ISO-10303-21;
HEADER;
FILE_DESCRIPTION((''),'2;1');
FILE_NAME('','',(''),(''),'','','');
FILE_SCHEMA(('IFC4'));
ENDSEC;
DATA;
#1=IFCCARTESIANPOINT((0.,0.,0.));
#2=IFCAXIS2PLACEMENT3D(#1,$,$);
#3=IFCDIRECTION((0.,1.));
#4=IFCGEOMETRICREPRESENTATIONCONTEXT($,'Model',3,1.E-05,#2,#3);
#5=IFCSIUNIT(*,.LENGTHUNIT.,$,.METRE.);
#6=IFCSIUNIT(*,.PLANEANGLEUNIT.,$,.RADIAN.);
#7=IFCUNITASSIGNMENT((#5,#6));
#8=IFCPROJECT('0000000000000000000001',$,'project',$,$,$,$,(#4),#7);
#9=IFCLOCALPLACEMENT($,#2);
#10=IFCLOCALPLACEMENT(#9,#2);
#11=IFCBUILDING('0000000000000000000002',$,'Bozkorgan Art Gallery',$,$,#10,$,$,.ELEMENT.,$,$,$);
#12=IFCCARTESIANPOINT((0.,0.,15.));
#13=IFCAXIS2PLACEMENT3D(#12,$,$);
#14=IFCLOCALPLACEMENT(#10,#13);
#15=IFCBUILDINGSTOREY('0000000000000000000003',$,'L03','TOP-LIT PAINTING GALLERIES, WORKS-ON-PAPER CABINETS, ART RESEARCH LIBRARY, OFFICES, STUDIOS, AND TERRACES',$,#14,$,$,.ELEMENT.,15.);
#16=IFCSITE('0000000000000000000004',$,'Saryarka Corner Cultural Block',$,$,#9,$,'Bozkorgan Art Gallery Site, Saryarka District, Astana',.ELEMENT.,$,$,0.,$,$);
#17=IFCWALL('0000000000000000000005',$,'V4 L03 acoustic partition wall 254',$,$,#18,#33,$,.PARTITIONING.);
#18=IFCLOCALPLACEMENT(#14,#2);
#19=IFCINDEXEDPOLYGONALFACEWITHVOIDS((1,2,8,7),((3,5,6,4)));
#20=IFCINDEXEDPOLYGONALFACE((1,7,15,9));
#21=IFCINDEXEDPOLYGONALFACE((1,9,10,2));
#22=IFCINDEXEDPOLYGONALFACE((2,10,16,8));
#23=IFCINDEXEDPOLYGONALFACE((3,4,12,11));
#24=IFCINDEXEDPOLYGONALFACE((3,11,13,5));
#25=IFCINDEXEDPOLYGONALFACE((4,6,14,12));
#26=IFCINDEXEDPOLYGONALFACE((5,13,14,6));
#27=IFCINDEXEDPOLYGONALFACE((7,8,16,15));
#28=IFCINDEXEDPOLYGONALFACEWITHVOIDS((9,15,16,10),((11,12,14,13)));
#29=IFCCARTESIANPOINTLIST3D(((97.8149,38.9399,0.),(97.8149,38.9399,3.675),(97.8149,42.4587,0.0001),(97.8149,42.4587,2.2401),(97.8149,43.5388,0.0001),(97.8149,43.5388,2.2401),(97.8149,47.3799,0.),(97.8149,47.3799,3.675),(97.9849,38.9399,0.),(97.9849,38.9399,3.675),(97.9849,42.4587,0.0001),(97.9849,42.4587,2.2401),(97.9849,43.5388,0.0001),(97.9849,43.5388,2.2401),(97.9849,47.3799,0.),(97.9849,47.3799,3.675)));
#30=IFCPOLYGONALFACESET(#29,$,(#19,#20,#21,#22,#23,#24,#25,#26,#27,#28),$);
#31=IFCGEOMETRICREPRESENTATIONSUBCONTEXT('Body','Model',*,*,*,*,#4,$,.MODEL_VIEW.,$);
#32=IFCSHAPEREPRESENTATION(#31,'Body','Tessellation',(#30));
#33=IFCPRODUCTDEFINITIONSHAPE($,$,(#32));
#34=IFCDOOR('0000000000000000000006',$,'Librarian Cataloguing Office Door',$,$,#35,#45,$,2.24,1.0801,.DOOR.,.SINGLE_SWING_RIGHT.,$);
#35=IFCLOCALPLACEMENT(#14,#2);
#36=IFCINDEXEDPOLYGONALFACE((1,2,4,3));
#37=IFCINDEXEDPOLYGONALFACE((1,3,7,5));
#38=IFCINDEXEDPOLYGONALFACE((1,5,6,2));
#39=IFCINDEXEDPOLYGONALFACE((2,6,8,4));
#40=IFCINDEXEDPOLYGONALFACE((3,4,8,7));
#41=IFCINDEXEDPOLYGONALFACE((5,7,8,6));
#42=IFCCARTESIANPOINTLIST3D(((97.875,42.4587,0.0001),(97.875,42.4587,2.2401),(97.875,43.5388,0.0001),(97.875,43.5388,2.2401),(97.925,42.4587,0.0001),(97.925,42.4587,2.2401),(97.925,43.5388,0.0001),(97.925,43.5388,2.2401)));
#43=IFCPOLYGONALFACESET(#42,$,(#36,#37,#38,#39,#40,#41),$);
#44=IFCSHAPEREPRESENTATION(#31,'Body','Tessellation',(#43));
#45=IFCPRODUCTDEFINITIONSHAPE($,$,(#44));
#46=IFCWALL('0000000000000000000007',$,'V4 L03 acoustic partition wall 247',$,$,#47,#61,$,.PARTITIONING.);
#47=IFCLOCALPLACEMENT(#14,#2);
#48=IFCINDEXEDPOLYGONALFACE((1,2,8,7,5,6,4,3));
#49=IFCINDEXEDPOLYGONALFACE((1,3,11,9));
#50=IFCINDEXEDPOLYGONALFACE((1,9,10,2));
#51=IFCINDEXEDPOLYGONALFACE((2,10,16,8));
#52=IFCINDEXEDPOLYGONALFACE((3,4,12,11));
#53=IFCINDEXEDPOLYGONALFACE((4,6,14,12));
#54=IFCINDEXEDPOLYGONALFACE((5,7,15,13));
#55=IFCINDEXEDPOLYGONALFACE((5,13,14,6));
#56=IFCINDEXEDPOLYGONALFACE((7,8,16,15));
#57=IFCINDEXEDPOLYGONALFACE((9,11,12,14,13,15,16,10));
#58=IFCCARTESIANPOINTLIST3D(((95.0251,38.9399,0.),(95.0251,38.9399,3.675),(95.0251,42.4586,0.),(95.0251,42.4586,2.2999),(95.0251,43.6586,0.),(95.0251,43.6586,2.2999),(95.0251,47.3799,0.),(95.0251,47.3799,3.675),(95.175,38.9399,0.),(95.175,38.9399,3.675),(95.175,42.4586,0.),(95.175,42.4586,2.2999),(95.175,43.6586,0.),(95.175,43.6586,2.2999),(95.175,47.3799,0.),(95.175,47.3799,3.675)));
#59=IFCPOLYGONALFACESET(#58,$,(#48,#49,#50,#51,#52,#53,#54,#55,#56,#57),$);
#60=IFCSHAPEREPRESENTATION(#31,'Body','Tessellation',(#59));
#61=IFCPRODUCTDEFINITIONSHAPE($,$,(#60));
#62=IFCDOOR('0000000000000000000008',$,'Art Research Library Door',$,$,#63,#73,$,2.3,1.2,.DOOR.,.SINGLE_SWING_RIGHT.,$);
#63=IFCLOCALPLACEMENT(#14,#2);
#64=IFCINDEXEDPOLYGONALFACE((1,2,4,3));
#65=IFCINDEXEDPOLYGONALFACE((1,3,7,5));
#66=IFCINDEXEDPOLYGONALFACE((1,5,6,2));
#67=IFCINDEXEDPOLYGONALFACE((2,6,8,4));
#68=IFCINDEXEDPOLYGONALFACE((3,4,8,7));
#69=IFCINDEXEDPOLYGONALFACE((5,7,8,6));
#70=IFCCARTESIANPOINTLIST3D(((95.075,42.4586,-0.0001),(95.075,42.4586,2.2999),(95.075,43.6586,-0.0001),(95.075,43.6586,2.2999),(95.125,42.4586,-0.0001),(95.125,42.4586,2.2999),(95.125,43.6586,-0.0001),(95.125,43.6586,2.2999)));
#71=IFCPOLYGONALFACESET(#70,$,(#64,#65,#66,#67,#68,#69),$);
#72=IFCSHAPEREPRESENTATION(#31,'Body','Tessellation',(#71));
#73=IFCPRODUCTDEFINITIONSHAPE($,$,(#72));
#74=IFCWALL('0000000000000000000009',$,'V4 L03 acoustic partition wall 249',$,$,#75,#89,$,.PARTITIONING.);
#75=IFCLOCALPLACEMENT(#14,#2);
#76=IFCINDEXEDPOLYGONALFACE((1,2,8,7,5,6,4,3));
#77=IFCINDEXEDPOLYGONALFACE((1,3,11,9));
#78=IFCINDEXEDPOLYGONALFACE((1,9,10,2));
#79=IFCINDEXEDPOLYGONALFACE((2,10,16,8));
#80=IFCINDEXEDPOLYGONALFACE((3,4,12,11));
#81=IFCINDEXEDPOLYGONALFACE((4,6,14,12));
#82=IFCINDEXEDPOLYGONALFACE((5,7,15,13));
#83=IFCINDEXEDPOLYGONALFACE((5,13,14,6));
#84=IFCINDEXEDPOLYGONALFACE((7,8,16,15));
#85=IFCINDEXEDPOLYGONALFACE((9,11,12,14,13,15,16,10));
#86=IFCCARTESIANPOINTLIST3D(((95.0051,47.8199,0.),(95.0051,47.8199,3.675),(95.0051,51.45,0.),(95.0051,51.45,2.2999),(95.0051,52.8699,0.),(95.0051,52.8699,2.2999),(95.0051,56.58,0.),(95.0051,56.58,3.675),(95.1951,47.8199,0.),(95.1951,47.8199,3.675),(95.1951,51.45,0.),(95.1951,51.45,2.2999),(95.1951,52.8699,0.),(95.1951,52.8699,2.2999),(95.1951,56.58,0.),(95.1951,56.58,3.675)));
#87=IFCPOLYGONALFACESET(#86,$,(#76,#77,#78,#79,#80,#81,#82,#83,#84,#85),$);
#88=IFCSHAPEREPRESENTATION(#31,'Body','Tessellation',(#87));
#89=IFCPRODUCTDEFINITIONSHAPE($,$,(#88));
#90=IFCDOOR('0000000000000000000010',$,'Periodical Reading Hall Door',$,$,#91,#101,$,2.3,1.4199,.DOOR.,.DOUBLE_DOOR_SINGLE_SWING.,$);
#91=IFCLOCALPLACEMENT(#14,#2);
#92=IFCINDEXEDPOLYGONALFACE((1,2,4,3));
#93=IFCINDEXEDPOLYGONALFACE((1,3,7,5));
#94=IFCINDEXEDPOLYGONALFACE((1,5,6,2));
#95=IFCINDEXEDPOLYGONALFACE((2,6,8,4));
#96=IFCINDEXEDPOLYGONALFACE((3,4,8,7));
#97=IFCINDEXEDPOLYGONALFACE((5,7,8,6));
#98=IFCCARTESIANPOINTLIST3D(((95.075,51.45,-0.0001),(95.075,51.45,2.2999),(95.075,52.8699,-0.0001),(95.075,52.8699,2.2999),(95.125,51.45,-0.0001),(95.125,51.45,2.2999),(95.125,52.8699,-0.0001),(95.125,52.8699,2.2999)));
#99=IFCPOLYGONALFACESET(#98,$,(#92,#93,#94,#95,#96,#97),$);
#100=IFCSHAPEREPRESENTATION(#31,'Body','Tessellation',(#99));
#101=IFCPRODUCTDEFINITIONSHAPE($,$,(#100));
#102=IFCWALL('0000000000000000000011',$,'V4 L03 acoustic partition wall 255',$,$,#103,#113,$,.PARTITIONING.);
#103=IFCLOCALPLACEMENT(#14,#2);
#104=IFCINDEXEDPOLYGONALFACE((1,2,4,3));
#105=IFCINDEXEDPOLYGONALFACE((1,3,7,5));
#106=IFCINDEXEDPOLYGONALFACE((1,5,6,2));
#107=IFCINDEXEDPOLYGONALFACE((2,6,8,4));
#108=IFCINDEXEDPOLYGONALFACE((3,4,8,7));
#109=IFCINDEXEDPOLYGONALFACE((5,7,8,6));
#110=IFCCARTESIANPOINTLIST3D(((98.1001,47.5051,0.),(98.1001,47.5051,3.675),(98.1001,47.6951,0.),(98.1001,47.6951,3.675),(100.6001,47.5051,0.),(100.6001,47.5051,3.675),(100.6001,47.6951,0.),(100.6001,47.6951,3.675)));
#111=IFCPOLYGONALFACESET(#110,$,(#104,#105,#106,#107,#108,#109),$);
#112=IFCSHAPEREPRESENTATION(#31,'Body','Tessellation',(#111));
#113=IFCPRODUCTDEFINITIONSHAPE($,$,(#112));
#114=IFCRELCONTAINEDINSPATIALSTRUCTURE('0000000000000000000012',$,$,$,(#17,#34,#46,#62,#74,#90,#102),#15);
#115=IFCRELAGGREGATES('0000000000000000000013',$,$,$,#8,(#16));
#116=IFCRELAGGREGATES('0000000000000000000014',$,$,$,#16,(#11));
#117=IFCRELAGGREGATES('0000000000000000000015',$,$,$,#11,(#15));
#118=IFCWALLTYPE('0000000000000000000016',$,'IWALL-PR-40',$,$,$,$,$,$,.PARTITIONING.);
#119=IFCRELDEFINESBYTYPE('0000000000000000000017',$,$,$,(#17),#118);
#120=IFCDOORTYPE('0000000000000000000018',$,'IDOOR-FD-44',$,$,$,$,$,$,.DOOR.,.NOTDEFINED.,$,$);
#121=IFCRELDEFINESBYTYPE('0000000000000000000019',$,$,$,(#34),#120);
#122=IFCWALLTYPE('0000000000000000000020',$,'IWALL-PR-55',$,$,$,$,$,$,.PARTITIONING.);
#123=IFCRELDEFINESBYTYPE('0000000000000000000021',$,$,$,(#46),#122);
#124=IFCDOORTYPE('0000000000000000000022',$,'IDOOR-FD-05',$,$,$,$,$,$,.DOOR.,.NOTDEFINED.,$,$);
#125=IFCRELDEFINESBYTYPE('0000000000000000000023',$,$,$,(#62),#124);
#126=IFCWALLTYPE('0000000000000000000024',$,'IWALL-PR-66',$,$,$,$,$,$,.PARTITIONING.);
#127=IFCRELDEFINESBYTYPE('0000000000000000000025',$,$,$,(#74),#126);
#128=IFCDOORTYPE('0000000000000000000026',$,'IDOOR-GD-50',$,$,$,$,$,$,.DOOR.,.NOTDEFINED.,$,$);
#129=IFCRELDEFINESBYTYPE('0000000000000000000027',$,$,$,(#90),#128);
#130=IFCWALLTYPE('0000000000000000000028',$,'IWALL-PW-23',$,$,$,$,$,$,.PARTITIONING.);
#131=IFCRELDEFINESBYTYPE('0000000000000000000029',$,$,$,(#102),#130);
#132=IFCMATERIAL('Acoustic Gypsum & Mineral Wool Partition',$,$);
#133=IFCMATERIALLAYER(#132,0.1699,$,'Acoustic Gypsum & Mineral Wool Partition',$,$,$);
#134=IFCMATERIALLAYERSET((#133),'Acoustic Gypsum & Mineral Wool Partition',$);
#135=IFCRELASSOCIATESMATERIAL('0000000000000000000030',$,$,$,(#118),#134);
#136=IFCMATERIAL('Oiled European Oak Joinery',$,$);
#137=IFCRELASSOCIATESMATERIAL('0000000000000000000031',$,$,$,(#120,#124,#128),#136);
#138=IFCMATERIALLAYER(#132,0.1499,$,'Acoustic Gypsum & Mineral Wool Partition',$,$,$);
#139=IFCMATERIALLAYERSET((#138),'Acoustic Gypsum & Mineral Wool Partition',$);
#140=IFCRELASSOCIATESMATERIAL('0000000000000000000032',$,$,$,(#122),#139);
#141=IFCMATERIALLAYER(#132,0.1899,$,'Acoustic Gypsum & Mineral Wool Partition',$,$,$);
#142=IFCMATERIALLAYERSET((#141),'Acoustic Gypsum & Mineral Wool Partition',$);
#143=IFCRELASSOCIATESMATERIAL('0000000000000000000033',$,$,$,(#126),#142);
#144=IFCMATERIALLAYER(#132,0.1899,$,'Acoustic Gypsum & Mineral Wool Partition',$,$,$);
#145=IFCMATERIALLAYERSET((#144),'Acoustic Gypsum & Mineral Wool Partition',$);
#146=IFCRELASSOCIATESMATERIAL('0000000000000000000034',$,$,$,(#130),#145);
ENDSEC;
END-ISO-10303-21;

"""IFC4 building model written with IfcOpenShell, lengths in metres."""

from ifc_helpers import new_model, si_unit, direction, frame, frame_2d, origin, place, context, subcontext, project, spatial, rectangle, extrude, material, layer, layer_set, type_object, element, fill, save


model = new_model("IFC4")

# Units and contexts
model_context = context("Model", 3, precision=1e-05, world=origin(), true_north=direction((0.0, 1.0)))
body_context = subcontext(model_context, "Body", "Model", "MODEL_VIEW")
ifc_project = project(units=[si_unit("LENGTHUNIT", "METRE"), si_unit("PLANEANGLEUNIT", "RADIAN")], contexts=[model_context])

# Site, building, storey
site_placement = place(None, origin())
site = spatial("IfcSite", under=ifc_project, at=site_placement, Name="Saryarka Corner Cultural Block", LongName="Bozkorgan Art Gallery Site, Saryarka District, Astana", CompositionType="ELEMENT", RefElevation=0.0)
building_placement = place(site_placement, origin())
building = spatial("IfcBuilding", under=site, at=building_placement, Name="Bozkorgan Art Gallery", CompositionType="ELEMENT")
storey_placement = place(building_placement, frame((0.0, 0.0, 15.0)))
storey = spatial("IfcBuildingStorey", under=building, at=storey_placement, Name="L03", Description="TOP-LIT PAINTING GALLERIES, WORKS-ON-PAPER CABINETS, ART RESEARCH LIBRARY, OFFICES, STUDIOS, AND TERRACES", CompositionType="ELEMENT", Elevation=15.0)

# Walls, openings, doors
ifc_material_1 = material(Name="Acoustic Gypsum & Mineral Wool Partition")
ifc_material_2 = material(Name="Oiled European Oak Joinery")
ifc_layer_1 = layer(ifc_material_1, 0.1699, Name="Acoustic Gypsum & Mineral Wool Partition")
ifc_layer_set_1 = layer_set([ifc_layer_1], Name="Acoustic Gypsum & Mineral Wool Partition")
wall_type_1 = type_object("IfcWallType", Name="IWALL-PR-40", PredefinedType="PARTITIONING", material=ifc_layer_set_1)
wall_1_placement = place(storey_placement, frame((97.8999, 38.9399, 0.0), z_axis=(0.0, 0.0, 1.0), x_axis=(0.0, 1.0, 0.0)))
wall_1 = element("IfcWall", 1, at=wall_1_placement, inside=storey, type_object=wall_type_1, Name="V4 L03 acoustic partition wall 254", PredefinedType="PARTITIONING", context=body_context, shape_type="SweptSolid", body=[
    extrude(rectangle(XDim=8.4399, YDim=0.1699, at=frame_2d((4.22, 0.0))), origin(), (0.0, 0.0, 1.0), 3.675),
])
opening_1_placement = place(wall_1_placement, frame((3.5188, 0.0, 0.0)))
opening_1 = element("IfcOpeningElement", 2, at=opening_1_placement, cuts=wall_1, PredefinedType="OPENING", context=body_context, shape_type="SweptSolid", body=[
    extrude(rectangle(XDim=1.0801, YDim=2.24, at=frame_2d((0.54, 1.1201))), frame((0.0, 0.095, 0.0), z_axis=(0.0, -1.0, 0.0), x_axis=(1.0, 0.0, 0.0)), (0.0, 0.0, 1.0), 0.1899),
])
door_type_1 = type_object("IfcDoorType", Name="IDOOR-FD-44", OperationType="NOTDEFINED", PredefinedType="DOOR", material=ifc_material_2)
door_1_placement = place(opening_1_placement, origin())
door_1 = element("IfcDoor", 3, at=door_1_placement, inside=storey, type_object=door_type_1, Name="Librarian Cataloguing Office Door", OperationType="SINGLE_SWING_RIGHT", OverallHeight=2.24, OverallWidth=1.0801, PredefinedType="DOOR", context=body_context, shape_type="SweptSolid", body=[
    extrude(rectangle(XDim=1.0801, YDim=2.24, at=frame_2d((0.54, 1.1201))), frame((0.0, 0.0249, 0.0), z_axis=(0.0, -1.0, 0.0), x_axis=(1.0, 0.0, 0.0)), (0.0, 0.0, 1.0), 0.05),
])
fill(opening_1, door_1)
ifc_layer_2 = layer(ifc_material_1, 0.1499, Name="Acoustic Gypsum & Mineral Wool Partition")
ifc_layer_set_2 = layer_set([ifc_layer_2], Name="Acoustic Gypsum & Mineral Wool Partition")
wall_type_2 = type_object("IfcWallType", Name="IWALL-PR-55", PredefinedType="PARTITIONING", material=ifc_layer_set_2)
wall_2_placement = place(storey_placement, frame((95.1001, 38.9399, 0.0), z_axis=(0.0, 0.0, 1.0), x_axis=(0.0, 1.0, 0.0)))
wall_2 = element("IfcWall", 4, at=wall_2_placement, inside=storey, type_object=wall_type_2, Name="V4 L03 acoustic partition wall 247", PredefinedType="PARTITIONING", context=body_context, shape_type="SweptSolid", body=[
    extrude(rectangle(XDim=8.4399, YDim=0.1499, at=frame_2d((4.22, 0.0))), origin(), (0.0, 0.0, 1.0), 3.675),
])
opening_2_placement = place(wall_2_placement, frame((4.7188, 0.0, 0.0), z_axis=(0.0, 0.0, 1.0), x_axis=(-1.0, 0.0, 0.0)))
opening_2 = element("IfcOpeningElement", 5, at=opening_2_placement, cuts=wall_2, PredefinedType="OPENING", context=body_context, shape_type="SweptSolid", body=[
    extrude(rectangle(XDim=1.2, YDim=2.3, at=frame_2d((0.6001, 1.1499))), frame((0.0, 0.085, 0.0), z_axis=(0.0, -1.0, 0.0), x_axis=(1.0, 0.0, 0.0)), (0.0, 0.0, 1.0), 0.1699),
])
door_type_2 = type_object("IfcDoorType", Name="IDOOR-FD-05", OperationType="NOTDEFINED", PredefinedType="DOOR", material=ifc_material_2)
door_2_placement = place(opening_2_placement, origin())
door_2 = element("IfcDoor", 6, at=door_2_placement, inside=storey, type_object=door_type_2, Name="Art Research Library Door", OperationType="SINGLE_SWING_RIGHT", OverallHeight=2.3, OverallWidth=1.2, PredefinedType="DOOR", context=body_context, shape_type="SweptSolid", body=[
    extrude(rectangle(XDim=1.2, YDim=2.3, at=frame_2d((0.6001, 1.1499))), frame((0.0, 0.0249, 0.0), z_axis=(0.0, -1.0, 0.0), x_axis=(1.0, 0.0, 0.0)), (0.0, 0.0, 1.0), 0.05),
])
fill(opening_2, door_2)
ifc_layer_3 = layer(ifc_material_1, 0.1899, Name="Acoustic Gypsum & Mineral Wool Partition")
ifc_layer_set_3 = layer_set([ifc_layer_3], Name="Acoustic Gypsum & Mineral Wool Partition")
wall_type_3 = type_object("IfcWallType", Name="IWALL-PR-66", PredefinedType="PARTITIONING", material=ifc_layer_set_3)
wall_3_placement = place(storey_placement, frame((95.1001, 47.8201, 0.0), z_axis=(0.0, 0.0, 1.0), x_axis=(0.0, 1.0, 0.0)))
wall_3 = element("IfcWall", 7, at=wall_3_placement, inside=storey, type_object=wall_type_3, Name="V4 L03 acoustic partition wall 249", PredefinedType="PARTITIONING", context=body_context, shape_type="SweptSolid", body=[
    extrude(rectangle(XDim=8.76, YDim=0.1899, at=frame_2d((4.3799, 0.0))), origin(), (0.0, 0.0, 1.0), 3.675),
])
opening_3_placement = place(wall_3_placement, frame((5.0498, 0.0, 0.0), z_axis=(0.0, 0.0, 1.0), x_axis=(-1.0, 0.0, 0.0)))
opening_3 = element("IfcOpeningElement", 8, at=opening_3_placement, cuts=wall_3, PredefinedType="OPENING", context=body_context, shape_type="SweptSolid", body=[
    extrude(rectangle(XDim=1.4199, YDim=2.3, at=frame_2d((0.71, 1.1499))), frame((0.0, 0.105, 0.0), z_axis=(0.0, -1.0, 0.0), x_axis=(1.0, 0.0, 0.0)), (0.0, 0.0, 1.0), 0.21),
])
door_type_3 = type_object("IfcDoorType", Name="IDOOR-GD-50", OperationType="NOTDEFINED", PredefinedType="DOOR", material=ifc_material_2)
door_3_placement = place(opening_3_placement, origin())
door_3 = element("IfcDoor", 9, at=door_3_placement, inside=storey, type_object=door_type_3, Name="Periodical Reading Hall Door", OperationType="DOUBLE_DOOR_SINGLE_SWING", OverallHeight=2.3, OverallWidth=1.4199, PredefinedType="DOOR", context=body_context, shape_type="SweptSolid", body=[
    extrude(rectangle(XDim=1.4199, YDim=2.3, at=frame_2d((0.71, 1.1499))), frame((0.0, 0.0249, 0.0), z_axis=(0.0, -1.0, 0.0), x_axis=(1.0, 0.0, 0.0)), (0.0, 0.0, 1.0), 0.05),
])
fill(opening_3, door_3)

# Wall
ifc_layer_4 = layer(ifc_material_1, 0.1899, Name="Acoustic Gypsum & Mineral Wool Partition")
ifc_layer_set_4 = layer_set([ifc_layer_4], Name="Acoustic Gypsum & Mineral Wool Partition")
wall_type_4 = type_object("IfcWallType", Name="IWALL-PW-23", PredefinedType="PARTITIONING", material=ifc_layer_set_4)
wall_4_placement = place(storey_placement, frame((98.1001, 47.6001, 0.0), z_axis=(0.0, 0.0, 1.0), x_axis=(1.0, 0.0, 0.0)))
element("IfcWall", 10, at=wall_4_placement, inside=storey, type_object=wall_type_4, Name="V4 L03 acoustic partition wall 255", PredefinedType="PARTITIONING", context=body_context, shape_type="SweptSolid", body=[
    extrude(rectangle(XDim=2.5, YDim=0.1899, at=frame_2d((1.25, 0.0))), origin(), (0.0, 0.0, 1.0), 3.675),
])

save(model, "model.ifc")
